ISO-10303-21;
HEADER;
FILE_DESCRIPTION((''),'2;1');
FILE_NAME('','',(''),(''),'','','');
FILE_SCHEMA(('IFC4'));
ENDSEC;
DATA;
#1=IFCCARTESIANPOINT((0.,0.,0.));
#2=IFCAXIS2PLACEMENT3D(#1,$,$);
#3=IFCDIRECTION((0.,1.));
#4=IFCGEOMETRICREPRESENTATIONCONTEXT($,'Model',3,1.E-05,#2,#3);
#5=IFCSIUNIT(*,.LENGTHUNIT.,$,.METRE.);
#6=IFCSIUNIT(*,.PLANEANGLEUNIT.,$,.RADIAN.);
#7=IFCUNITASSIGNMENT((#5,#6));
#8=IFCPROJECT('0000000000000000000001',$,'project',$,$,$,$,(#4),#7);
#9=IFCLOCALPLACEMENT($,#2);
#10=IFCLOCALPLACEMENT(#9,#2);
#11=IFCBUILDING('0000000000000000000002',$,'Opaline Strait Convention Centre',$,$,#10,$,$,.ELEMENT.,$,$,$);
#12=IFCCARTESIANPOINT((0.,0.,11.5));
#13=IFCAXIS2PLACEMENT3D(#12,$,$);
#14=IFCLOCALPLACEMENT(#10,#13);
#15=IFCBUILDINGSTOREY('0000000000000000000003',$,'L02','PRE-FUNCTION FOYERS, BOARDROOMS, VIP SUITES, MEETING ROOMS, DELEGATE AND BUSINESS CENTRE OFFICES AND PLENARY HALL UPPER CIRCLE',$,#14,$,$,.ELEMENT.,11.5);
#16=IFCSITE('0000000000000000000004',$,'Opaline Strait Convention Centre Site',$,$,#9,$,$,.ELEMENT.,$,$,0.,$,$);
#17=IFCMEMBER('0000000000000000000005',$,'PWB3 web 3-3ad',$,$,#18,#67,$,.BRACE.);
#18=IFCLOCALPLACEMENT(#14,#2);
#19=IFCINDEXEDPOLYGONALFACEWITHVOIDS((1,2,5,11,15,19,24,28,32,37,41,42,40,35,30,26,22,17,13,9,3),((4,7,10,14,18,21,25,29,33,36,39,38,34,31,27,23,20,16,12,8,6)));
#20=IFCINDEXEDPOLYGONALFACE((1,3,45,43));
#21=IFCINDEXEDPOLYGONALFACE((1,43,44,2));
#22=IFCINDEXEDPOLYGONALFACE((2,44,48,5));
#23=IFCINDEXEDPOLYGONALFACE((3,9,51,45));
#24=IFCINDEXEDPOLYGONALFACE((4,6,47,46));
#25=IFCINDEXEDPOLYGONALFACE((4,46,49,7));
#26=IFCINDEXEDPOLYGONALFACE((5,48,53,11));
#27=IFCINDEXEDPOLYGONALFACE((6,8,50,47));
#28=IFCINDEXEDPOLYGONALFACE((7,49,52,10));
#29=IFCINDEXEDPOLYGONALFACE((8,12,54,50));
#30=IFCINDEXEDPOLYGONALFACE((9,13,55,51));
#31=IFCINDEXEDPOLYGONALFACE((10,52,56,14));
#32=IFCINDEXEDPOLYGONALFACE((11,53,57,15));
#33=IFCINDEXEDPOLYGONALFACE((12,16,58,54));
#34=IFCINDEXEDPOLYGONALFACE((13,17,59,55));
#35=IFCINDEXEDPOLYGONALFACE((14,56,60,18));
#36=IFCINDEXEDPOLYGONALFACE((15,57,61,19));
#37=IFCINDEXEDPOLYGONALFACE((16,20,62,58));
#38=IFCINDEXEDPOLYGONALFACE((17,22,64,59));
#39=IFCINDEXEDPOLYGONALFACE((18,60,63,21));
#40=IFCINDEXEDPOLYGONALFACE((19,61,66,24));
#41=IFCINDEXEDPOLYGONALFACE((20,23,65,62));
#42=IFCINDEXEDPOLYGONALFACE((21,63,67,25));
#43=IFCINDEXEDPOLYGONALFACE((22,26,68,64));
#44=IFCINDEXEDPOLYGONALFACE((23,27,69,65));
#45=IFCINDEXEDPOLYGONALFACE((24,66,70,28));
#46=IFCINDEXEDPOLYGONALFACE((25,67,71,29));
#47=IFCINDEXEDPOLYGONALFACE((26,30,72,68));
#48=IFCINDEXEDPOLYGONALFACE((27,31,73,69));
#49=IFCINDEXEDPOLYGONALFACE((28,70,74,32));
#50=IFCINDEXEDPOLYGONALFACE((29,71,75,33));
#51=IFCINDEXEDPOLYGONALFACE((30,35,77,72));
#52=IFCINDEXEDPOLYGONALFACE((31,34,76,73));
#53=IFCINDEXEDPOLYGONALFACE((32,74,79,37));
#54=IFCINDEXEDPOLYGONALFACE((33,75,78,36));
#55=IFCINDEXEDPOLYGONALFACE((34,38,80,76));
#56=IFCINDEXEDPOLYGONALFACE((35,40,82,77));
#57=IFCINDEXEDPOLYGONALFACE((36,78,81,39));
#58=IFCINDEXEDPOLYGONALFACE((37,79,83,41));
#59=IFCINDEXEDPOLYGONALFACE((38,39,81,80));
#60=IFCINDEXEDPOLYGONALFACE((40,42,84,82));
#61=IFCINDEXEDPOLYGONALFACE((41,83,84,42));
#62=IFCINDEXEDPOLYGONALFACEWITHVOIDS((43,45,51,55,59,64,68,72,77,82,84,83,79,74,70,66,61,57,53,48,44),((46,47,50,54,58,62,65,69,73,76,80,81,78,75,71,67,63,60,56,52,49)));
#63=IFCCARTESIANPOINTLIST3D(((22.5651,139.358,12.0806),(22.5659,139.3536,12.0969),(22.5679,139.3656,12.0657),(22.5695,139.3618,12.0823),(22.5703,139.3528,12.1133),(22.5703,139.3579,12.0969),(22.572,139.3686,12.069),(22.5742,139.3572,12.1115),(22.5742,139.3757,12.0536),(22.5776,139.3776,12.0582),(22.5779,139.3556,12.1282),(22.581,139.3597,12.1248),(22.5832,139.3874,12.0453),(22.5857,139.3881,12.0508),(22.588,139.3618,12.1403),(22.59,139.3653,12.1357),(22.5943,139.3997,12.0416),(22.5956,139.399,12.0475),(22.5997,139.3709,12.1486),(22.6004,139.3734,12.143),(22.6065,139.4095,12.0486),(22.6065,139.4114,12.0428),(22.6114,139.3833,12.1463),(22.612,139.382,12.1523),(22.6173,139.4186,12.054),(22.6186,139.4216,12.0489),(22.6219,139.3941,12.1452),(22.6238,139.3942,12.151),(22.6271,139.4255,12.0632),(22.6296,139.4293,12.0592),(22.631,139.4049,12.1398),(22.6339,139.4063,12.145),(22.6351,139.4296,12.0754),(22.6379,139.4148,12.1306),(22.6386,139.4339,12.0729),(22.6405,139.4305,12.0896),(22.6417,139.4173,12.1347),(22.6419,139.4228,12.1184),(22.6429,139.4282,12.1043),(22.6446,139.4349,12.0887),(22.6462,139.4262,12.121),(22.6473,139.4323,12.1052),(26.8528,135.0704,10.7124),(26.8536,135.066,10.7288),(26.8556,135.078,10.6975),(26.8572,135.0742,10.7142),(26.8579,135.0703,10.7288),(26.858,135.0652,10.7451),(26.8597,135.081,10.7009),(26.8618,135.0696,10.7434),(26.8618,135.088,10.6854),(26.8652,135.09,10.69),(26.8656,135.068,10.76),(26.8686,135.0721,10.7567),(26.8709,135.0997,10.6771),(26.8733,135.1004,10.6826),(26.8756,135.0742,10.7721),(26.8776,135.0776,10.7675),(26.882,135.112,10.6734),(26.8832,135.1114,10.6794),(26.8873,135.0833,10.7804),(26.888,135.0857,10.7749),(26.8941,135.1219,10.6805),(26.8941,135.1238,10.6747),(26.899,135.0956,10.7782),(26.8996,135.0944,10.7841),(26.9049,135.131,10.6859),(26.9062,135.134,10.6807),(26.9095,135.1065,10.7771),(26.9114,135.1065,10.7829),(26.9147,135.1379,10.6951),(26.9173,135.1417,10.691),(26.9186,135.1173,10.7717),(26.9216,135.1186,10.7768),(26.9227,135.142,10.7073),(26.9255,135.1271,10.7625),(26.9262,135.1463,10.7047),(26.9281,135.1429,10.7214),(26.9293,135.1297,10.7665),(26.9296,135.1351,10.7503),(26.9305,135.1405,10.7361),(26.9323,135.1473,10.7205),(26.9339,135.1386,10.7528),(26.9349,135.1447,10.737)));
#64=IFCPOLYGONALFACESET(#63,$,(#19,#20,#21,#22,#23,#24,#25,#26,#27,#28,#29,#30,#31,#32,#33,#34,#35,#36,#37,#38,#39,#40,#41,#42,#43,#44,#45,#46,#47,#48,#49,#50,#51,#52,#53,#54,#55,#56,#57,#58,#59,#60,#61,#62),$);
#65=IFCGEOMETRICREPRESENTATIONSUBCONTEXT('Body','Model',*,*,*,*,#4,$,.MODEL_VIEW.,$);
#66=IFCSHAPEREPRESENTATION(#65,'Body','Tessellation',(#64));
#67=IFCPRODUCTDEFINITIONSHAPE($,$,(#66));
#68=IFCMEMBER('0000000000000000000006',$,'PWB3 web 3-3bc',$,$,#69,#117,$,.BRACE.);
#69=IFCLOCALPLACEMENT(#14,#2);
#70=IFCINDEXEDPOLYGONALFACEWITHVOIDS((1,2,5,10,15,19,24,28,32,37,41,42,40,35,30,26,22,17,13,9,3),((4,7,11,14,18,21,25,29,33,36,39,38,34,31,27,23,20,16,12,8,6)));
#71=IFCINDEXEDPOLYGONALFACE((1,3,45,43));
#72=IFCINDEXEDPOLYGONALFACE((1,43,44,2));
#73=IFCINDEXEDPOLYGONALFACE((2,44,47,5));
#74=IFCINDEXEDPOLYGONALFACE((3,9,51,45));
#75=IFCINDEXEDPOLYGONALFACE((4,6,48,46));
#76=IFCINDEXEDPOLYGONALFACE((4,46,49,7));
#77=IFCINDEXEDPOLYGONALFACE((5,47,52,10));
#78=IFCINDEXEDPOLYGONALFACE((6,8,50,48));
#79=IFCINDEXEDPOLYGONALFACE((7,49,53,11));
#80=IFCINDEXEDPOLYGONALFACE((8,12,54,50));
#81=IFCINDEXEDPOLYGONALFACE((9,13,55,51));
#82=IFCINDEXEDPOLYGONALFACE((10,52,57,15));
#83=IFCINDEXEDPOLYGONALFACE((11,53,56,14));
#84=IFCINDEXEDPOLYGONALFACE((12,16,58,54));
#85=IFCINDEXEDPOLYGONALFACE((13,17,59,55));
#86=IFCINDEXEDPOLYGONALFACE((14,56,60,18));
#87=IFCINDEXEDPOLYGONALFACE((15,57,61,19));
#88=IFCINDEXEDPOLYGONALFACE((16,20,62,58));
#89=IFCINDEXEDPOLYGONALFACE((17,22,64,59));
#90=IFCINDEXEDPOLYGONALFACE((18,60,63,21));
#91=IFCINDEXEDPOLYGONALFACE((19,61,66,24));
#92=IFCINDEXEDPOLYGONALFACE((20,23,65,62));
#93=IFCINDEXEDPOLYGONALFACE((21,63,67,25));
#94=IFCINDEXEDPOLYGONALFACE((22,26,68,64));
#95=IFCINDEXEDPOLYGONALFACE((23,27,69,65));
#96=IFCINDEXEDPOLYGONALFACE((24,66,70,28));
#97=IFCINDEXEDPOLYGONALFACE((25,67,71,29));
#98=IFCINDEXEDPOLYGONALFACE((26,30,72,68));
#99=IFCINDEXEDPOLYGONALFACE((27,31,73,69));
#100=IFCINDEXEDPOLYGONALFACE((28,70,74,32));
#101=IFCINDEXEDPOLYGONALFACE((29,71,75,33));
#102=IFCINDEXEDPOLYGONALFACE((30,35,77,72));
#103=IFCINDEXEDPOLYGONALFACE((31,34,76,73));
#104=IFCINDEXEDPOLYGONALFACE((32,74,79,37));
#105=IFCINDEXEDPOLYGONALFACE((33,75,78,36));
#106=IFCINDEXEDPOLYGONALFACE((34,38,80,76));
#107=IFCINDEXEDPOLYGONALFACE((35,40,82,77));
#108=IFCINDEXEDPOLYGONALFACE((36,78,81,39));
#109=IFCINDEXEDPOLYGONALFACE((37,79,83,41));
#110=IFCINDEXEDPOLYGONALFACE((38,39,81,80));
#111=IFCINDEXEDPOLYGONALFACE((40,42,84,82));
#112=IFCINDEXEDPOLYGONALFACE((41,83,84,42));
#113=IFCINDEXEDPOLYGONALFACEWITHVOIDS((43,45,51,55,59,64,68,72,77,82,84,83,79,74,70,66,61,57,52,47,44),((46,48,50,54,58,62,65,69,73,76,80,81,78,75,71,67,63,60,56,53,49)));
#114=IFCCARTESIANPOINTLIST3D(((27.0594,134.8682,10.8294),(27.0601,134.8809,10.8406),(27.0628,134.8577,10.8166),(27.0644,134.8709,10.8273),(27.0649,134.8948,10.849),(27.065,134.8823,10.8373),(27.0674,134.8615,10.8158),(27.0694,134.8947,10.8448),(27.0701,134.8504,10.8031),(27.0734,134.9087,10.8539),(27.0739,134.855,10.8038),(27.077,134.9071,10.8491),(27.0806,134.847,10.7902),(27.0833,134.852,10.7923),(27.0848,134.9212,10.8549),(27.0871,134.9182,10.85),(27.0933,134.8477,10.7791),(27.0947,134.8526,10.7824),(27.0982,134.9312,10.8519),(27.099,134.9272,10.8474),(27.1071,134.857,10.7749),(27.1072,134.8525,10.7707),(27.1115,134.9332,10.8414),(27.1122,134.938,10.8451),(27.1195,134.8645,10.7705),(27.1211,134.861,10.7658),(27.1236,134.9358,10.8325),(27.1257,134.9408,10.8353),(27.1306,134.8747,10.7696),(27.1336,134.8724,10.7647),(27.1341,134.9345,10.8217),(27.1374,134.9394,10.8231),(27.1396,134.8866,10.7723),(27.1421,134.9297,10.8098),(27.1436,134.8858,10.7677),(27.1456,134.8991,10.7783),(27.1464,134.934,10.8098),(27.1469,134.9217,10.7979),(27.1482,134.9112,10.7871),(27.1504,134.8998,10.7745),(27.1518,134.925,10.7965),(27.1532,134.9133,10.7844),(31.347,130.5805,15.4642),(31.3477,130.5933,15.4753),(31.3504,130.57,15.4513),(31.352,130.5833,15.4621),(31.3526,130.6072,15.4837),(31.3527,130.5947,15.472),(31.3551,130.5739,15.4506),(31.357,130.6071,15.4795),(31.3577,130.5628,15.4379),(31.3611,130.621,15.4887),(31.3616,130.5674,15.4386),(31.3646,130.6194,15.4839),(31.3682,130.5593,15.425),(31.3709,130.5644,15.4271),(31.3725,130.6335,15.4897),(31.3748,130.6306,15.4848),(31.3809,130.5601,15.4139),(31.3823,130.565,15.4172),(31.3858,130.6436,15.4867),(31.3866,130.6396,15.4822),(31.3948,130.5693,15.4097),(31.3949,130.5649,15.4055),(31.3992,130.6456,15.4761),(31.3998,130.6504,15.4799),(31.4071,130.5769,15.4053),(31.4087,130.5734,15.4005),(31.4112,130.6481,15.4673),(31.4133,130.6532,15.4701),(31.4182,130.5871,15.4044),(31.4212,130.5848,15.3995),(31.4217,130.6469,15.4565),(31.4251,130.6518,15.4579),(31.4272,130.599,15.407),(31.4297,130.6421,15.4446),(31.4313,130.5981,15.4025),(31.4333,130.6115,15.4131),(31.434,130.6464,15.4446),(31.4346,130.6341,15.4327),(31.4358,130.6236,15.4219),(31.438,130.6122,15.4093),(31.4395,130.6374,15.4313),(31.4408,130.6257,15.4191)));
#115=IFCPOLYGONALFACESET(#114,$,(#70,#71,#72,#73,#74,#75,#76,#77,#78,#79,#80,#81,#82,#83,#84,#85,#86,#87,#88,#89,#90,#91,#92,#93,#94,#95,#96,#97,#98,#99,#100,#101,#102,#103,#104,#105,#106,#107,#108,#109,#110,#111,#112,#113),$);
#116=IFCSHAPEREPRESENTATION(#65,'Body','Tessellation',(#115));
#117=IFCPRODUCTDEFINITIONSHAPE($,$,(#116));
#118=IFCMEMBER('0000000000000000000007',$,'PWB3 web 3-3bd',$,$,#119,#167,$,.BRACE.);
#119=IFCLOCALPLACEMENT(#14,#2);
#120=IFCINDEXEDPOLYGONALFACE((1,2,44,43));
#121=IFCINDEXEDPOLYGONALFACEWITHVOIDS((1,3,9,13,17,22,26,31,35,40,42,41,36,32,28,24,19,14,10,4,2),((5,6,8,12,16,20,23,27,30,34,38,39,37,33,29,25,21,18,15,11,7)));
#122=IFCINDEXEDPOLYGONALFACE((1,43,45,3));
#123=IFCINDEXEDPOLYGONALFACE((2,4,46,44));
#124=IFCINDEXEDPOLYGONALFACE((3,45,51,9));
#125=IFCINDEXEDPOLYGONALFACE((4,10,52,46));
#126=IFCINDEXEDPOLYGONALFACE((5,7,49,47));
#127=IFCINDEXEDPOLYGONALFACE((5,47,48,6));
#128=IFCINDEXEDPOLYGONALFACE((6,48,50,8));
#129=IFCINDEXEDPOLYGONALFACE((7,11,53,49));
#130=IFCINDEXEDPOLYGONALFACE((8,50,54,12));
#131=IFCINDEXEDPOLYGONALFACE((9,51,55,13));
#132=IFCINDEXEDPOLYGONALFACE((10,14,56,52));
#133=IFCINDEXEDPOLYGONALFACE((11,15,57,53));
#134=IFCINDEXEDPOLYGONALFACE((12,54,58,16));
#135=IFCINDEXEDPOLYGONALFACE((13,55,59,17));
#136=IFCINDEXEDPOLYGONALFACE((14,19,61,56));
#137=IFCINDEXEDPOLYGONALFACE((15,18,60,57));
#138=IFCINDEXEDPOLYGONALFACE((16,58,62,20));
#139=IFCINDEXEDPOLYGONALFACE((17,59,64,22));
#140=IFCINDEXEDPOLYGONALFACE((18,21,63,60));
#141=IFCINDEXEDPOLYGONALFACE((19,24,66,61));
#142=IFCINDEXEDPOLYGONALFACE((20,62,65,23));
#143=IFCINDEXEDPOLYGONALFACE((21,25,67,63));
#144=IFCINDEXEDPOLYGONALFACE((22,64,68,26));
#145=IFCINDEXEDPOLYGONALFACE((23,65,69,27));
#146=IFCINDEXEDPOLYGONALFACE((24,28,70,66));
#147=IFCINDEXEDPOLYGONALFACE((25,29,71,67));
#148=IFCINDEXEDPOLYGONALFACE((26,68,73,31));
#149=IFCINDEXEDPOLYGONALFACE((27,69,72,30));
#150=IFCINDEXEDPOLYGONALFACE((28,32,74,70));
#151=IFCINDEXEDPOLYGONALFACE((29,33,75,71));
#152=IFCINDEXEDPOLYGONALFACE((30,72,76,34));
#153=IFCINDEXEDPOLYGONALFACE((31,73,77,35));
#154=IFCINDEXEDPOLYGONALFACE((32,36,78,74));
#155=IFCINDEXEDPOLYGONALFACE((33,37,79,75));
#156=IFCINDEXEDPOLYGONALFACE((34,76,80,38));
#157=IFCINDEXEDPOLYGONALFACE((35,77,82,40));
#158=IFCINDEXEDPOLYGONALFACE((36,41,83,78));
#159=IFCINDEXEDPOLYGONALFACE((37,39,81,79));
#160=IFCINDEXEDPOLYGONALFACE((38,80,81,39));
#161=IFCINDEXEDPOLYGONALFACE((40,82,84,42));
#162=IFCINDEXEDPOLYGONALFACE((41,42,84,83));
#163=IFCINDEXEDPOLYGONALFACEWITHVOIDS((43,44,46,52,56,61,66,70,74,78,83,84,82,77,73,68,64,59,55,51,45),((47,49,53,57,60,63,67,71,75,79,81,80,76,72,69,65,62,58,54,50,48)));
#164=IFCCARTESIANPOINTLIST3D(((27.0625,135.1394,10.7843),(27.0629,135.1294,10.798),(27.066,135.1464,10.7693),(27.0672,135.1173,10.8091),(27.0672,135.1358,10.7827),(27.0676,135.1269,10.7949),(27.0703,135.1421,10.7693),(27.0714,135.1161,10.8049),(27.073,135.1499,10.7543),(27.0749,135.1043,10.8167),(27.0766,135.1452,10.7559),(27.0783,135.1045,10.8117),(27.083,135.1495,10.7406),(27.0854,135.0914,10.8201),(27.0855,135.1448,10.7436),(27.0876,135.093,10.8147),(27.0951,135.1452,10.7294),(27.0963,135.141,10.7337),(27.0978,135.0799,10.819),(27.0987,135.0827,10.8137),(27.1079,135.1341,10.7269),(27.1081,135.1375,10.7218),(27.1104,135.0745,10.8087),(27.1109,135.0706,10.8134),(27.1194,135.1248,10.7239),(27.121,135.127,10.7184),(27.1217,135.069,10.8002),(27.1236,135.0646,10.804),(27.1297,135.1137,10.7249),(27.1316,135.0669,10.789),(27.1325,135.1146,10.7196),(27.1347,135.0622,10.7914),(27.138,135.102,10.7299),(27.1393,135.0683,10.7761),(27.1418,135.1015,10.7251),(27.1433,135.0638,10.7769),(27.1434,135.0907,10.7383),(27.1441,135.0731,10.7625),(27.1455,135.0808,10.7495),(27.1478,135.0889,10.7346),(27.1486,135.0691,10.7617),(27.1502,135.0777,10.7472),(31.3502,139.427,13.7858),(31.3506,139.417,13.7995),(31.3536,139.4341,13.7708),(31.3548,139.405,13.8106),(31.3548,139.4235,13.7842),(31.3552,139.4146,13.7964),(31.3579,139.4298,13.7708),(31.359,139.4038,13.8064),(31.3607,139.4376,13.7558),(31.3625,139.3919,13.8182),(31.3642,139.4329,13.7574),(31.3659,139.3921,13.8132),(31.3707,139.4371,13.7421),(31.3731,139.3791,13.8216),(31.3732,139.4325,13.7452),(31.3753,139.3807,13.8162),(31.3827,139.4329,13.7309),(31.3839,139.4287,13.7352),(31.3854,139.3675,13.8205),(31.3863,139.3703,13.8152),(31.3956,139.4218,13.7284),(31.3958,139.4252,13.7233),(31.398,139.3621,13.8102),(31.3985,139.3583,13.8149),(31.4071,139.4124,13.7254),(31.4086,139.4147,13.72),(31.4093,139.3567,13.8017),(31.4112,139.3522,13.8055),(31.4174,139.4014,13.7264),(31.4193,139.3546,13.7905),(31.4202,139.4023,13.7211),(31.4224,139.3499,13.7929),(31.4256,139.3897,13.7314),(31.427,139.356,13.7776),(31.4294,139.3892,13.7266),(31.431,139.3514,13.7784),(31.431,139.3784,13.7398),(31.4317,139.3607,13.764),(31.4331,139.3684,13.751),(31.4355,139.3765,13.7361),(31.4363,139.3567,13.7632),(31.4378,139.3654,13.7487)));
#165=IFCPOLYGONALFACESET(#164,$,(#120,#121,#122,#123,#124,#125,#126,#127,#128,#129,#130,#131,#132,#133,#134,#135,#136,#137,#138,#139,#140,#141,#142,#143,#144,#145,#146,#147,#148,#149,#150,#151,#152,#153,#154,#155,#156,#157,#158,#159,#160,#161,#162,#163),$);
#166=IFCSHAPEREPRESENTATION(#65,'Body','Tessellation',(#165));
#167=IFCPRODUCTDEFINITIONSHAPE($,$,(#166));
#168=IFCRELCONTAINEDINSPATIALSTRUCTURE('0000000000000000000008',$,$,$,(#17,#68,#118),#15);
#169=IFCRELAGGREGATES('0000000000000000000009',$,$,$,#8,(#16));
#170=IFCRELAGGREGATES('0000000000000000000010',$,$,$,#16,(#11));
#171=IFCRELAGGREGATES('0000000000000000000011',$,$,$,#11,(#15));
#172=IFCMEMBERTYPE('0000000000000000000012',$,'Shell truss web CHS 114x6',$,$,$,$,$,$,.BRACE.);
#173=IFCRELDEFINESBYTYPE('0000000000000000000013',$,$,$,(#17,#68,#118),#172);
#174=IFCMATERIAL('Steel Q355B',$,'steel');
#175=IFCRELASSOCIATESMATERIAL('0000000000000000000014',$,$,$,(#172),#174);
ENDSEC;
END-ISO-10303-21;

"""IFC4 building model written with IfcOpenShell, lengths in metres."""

from ifc_helpers import new_model, si_unit, direction, frame, origin, origin_2d, place, context, subcontext, project, spatial, hollow_circle, extrude, material, material_profile, profile_set, type_object, element, save


model = new_model("IFC4")

# Units and contexts
model_context = context("Model", 3, precision=1e-05, world=origin(), true_north=direction((0.0, 1.0)))
body_context = subcontext(model_context, "Body", "Model", "MODEL_VIEW")
ifc_project = project(units=[si_unit("LENGTHUNIT", "METRE"), si_unit("PLANEANGLEUNIT", "RADIAN")], contexts=[model_context])

# Site, building, storey
site_placement = place(None, origin())
site = spatial("IfcSite", under=ifc_project, at=site_placement, Name="Opaline Strait Convention Centre Site", CompositionType="ELEMENT", RefElevation=0.0)
building_placement = place(site_placement, origin())
building = spatial("IfcBuilding", under=site, at=building_placement, Name="Opaline Strait Convention Centre", CompositionType="ELEMENT")
storey_placement = place(building_placement, frame((0.0, 0.0, 11.5)))
storey = spatial("IfcBuildingStorey", under=building, at=storey_placement, Name="L02", Description="PRE-FUNCTION FOYERS, BOARDROOMS, VIP SUITES, MEETING ROOMS, DELEGATE AND BUSINESS CENTRE OFFICES AND PLENARY HALL UPPER CIRCLE", CompositionType="ELEMENT", Elevation=11.5)

# Members
ifc_material_1 = material(Name="Steel Q355B", Category="steel")
ifc_material_profile_1 = material_profile(ifc_material_1, hollow_circle(Radius=0.0569, WallThickness=0.0061, at=origin_2d()), Name="CHS 114x6")
ifc_profile_set_1 = profile_set([ifc_material_profile_1], Name="Steel Q355B")
member_type_1 = type_object("IfcMemberType", Name="Shell truss web CHS 114x6", PredefinedType="BRACE", material=ifc_profile_set_1)
member_1_placement = place(storey_placement, frame((26.8938, 135.1062, 10.7288), z_axis=(-0.689766, 0.689766, 0.220103), x_axis=(-0.707107, -0.707107, 0.0)))
element("IfcMember", 1, at=member_1_placement, inside=storey, type_object=member_type_1, Name="PWB3 web 3-3ad", PredefinedType="BRACE", context=body_context, shape_type="SweptSolid", body=[
    extrude(hollow_circle(Radius=0.0569, WallThickness=0.0061, at=origin_2d()), origin(), (0.0, 0.0, 1.0), 6.2161),
])
member_2_placement = place(storey_placement, frame((27.1062, 134.8938, 10.8098), z_axis=(0.561789, -0.561789, 0.607277), x_axis=(0.707107, 0.707107, 0.0)))
element("IfcMember", 2, at=member_2_placement, inside=storey, type_object=member_type_1, Name="PWB3 web 3-3bc", PredefinedType="BRACE", context=body_context, shape_type="SweptSolid", body=[
    extrude(hollow_circle(Radius=0.0569, WallThickness=0.0061, at=origin_2d()), origin(), (0.0, 0.0, 1.0), 7.6321),
])
member_3_placement = place(storey_placement, frame((27.1062, 135.1062, 10.7693), z_axis=(0.633718, 0.633718, 0.443624), x_axis=(-0.707107, 0.707107, 0.0)))
element("IfcMember", 3, at=member_3_placement, inside=storey, type_object=member_type_1, Name="PWB3 web 3-3bd", PredefinedType="BRACE", context=body_context, shape_type="SweptSolid", body=[
    extrude(hollow_circle(Radius=0.0569, WallThickness=0.0061, at=origin_2d()), origin(), (0.0, 0.0, 1.0), 6.7659),
])

save(model, "model.ifc")
